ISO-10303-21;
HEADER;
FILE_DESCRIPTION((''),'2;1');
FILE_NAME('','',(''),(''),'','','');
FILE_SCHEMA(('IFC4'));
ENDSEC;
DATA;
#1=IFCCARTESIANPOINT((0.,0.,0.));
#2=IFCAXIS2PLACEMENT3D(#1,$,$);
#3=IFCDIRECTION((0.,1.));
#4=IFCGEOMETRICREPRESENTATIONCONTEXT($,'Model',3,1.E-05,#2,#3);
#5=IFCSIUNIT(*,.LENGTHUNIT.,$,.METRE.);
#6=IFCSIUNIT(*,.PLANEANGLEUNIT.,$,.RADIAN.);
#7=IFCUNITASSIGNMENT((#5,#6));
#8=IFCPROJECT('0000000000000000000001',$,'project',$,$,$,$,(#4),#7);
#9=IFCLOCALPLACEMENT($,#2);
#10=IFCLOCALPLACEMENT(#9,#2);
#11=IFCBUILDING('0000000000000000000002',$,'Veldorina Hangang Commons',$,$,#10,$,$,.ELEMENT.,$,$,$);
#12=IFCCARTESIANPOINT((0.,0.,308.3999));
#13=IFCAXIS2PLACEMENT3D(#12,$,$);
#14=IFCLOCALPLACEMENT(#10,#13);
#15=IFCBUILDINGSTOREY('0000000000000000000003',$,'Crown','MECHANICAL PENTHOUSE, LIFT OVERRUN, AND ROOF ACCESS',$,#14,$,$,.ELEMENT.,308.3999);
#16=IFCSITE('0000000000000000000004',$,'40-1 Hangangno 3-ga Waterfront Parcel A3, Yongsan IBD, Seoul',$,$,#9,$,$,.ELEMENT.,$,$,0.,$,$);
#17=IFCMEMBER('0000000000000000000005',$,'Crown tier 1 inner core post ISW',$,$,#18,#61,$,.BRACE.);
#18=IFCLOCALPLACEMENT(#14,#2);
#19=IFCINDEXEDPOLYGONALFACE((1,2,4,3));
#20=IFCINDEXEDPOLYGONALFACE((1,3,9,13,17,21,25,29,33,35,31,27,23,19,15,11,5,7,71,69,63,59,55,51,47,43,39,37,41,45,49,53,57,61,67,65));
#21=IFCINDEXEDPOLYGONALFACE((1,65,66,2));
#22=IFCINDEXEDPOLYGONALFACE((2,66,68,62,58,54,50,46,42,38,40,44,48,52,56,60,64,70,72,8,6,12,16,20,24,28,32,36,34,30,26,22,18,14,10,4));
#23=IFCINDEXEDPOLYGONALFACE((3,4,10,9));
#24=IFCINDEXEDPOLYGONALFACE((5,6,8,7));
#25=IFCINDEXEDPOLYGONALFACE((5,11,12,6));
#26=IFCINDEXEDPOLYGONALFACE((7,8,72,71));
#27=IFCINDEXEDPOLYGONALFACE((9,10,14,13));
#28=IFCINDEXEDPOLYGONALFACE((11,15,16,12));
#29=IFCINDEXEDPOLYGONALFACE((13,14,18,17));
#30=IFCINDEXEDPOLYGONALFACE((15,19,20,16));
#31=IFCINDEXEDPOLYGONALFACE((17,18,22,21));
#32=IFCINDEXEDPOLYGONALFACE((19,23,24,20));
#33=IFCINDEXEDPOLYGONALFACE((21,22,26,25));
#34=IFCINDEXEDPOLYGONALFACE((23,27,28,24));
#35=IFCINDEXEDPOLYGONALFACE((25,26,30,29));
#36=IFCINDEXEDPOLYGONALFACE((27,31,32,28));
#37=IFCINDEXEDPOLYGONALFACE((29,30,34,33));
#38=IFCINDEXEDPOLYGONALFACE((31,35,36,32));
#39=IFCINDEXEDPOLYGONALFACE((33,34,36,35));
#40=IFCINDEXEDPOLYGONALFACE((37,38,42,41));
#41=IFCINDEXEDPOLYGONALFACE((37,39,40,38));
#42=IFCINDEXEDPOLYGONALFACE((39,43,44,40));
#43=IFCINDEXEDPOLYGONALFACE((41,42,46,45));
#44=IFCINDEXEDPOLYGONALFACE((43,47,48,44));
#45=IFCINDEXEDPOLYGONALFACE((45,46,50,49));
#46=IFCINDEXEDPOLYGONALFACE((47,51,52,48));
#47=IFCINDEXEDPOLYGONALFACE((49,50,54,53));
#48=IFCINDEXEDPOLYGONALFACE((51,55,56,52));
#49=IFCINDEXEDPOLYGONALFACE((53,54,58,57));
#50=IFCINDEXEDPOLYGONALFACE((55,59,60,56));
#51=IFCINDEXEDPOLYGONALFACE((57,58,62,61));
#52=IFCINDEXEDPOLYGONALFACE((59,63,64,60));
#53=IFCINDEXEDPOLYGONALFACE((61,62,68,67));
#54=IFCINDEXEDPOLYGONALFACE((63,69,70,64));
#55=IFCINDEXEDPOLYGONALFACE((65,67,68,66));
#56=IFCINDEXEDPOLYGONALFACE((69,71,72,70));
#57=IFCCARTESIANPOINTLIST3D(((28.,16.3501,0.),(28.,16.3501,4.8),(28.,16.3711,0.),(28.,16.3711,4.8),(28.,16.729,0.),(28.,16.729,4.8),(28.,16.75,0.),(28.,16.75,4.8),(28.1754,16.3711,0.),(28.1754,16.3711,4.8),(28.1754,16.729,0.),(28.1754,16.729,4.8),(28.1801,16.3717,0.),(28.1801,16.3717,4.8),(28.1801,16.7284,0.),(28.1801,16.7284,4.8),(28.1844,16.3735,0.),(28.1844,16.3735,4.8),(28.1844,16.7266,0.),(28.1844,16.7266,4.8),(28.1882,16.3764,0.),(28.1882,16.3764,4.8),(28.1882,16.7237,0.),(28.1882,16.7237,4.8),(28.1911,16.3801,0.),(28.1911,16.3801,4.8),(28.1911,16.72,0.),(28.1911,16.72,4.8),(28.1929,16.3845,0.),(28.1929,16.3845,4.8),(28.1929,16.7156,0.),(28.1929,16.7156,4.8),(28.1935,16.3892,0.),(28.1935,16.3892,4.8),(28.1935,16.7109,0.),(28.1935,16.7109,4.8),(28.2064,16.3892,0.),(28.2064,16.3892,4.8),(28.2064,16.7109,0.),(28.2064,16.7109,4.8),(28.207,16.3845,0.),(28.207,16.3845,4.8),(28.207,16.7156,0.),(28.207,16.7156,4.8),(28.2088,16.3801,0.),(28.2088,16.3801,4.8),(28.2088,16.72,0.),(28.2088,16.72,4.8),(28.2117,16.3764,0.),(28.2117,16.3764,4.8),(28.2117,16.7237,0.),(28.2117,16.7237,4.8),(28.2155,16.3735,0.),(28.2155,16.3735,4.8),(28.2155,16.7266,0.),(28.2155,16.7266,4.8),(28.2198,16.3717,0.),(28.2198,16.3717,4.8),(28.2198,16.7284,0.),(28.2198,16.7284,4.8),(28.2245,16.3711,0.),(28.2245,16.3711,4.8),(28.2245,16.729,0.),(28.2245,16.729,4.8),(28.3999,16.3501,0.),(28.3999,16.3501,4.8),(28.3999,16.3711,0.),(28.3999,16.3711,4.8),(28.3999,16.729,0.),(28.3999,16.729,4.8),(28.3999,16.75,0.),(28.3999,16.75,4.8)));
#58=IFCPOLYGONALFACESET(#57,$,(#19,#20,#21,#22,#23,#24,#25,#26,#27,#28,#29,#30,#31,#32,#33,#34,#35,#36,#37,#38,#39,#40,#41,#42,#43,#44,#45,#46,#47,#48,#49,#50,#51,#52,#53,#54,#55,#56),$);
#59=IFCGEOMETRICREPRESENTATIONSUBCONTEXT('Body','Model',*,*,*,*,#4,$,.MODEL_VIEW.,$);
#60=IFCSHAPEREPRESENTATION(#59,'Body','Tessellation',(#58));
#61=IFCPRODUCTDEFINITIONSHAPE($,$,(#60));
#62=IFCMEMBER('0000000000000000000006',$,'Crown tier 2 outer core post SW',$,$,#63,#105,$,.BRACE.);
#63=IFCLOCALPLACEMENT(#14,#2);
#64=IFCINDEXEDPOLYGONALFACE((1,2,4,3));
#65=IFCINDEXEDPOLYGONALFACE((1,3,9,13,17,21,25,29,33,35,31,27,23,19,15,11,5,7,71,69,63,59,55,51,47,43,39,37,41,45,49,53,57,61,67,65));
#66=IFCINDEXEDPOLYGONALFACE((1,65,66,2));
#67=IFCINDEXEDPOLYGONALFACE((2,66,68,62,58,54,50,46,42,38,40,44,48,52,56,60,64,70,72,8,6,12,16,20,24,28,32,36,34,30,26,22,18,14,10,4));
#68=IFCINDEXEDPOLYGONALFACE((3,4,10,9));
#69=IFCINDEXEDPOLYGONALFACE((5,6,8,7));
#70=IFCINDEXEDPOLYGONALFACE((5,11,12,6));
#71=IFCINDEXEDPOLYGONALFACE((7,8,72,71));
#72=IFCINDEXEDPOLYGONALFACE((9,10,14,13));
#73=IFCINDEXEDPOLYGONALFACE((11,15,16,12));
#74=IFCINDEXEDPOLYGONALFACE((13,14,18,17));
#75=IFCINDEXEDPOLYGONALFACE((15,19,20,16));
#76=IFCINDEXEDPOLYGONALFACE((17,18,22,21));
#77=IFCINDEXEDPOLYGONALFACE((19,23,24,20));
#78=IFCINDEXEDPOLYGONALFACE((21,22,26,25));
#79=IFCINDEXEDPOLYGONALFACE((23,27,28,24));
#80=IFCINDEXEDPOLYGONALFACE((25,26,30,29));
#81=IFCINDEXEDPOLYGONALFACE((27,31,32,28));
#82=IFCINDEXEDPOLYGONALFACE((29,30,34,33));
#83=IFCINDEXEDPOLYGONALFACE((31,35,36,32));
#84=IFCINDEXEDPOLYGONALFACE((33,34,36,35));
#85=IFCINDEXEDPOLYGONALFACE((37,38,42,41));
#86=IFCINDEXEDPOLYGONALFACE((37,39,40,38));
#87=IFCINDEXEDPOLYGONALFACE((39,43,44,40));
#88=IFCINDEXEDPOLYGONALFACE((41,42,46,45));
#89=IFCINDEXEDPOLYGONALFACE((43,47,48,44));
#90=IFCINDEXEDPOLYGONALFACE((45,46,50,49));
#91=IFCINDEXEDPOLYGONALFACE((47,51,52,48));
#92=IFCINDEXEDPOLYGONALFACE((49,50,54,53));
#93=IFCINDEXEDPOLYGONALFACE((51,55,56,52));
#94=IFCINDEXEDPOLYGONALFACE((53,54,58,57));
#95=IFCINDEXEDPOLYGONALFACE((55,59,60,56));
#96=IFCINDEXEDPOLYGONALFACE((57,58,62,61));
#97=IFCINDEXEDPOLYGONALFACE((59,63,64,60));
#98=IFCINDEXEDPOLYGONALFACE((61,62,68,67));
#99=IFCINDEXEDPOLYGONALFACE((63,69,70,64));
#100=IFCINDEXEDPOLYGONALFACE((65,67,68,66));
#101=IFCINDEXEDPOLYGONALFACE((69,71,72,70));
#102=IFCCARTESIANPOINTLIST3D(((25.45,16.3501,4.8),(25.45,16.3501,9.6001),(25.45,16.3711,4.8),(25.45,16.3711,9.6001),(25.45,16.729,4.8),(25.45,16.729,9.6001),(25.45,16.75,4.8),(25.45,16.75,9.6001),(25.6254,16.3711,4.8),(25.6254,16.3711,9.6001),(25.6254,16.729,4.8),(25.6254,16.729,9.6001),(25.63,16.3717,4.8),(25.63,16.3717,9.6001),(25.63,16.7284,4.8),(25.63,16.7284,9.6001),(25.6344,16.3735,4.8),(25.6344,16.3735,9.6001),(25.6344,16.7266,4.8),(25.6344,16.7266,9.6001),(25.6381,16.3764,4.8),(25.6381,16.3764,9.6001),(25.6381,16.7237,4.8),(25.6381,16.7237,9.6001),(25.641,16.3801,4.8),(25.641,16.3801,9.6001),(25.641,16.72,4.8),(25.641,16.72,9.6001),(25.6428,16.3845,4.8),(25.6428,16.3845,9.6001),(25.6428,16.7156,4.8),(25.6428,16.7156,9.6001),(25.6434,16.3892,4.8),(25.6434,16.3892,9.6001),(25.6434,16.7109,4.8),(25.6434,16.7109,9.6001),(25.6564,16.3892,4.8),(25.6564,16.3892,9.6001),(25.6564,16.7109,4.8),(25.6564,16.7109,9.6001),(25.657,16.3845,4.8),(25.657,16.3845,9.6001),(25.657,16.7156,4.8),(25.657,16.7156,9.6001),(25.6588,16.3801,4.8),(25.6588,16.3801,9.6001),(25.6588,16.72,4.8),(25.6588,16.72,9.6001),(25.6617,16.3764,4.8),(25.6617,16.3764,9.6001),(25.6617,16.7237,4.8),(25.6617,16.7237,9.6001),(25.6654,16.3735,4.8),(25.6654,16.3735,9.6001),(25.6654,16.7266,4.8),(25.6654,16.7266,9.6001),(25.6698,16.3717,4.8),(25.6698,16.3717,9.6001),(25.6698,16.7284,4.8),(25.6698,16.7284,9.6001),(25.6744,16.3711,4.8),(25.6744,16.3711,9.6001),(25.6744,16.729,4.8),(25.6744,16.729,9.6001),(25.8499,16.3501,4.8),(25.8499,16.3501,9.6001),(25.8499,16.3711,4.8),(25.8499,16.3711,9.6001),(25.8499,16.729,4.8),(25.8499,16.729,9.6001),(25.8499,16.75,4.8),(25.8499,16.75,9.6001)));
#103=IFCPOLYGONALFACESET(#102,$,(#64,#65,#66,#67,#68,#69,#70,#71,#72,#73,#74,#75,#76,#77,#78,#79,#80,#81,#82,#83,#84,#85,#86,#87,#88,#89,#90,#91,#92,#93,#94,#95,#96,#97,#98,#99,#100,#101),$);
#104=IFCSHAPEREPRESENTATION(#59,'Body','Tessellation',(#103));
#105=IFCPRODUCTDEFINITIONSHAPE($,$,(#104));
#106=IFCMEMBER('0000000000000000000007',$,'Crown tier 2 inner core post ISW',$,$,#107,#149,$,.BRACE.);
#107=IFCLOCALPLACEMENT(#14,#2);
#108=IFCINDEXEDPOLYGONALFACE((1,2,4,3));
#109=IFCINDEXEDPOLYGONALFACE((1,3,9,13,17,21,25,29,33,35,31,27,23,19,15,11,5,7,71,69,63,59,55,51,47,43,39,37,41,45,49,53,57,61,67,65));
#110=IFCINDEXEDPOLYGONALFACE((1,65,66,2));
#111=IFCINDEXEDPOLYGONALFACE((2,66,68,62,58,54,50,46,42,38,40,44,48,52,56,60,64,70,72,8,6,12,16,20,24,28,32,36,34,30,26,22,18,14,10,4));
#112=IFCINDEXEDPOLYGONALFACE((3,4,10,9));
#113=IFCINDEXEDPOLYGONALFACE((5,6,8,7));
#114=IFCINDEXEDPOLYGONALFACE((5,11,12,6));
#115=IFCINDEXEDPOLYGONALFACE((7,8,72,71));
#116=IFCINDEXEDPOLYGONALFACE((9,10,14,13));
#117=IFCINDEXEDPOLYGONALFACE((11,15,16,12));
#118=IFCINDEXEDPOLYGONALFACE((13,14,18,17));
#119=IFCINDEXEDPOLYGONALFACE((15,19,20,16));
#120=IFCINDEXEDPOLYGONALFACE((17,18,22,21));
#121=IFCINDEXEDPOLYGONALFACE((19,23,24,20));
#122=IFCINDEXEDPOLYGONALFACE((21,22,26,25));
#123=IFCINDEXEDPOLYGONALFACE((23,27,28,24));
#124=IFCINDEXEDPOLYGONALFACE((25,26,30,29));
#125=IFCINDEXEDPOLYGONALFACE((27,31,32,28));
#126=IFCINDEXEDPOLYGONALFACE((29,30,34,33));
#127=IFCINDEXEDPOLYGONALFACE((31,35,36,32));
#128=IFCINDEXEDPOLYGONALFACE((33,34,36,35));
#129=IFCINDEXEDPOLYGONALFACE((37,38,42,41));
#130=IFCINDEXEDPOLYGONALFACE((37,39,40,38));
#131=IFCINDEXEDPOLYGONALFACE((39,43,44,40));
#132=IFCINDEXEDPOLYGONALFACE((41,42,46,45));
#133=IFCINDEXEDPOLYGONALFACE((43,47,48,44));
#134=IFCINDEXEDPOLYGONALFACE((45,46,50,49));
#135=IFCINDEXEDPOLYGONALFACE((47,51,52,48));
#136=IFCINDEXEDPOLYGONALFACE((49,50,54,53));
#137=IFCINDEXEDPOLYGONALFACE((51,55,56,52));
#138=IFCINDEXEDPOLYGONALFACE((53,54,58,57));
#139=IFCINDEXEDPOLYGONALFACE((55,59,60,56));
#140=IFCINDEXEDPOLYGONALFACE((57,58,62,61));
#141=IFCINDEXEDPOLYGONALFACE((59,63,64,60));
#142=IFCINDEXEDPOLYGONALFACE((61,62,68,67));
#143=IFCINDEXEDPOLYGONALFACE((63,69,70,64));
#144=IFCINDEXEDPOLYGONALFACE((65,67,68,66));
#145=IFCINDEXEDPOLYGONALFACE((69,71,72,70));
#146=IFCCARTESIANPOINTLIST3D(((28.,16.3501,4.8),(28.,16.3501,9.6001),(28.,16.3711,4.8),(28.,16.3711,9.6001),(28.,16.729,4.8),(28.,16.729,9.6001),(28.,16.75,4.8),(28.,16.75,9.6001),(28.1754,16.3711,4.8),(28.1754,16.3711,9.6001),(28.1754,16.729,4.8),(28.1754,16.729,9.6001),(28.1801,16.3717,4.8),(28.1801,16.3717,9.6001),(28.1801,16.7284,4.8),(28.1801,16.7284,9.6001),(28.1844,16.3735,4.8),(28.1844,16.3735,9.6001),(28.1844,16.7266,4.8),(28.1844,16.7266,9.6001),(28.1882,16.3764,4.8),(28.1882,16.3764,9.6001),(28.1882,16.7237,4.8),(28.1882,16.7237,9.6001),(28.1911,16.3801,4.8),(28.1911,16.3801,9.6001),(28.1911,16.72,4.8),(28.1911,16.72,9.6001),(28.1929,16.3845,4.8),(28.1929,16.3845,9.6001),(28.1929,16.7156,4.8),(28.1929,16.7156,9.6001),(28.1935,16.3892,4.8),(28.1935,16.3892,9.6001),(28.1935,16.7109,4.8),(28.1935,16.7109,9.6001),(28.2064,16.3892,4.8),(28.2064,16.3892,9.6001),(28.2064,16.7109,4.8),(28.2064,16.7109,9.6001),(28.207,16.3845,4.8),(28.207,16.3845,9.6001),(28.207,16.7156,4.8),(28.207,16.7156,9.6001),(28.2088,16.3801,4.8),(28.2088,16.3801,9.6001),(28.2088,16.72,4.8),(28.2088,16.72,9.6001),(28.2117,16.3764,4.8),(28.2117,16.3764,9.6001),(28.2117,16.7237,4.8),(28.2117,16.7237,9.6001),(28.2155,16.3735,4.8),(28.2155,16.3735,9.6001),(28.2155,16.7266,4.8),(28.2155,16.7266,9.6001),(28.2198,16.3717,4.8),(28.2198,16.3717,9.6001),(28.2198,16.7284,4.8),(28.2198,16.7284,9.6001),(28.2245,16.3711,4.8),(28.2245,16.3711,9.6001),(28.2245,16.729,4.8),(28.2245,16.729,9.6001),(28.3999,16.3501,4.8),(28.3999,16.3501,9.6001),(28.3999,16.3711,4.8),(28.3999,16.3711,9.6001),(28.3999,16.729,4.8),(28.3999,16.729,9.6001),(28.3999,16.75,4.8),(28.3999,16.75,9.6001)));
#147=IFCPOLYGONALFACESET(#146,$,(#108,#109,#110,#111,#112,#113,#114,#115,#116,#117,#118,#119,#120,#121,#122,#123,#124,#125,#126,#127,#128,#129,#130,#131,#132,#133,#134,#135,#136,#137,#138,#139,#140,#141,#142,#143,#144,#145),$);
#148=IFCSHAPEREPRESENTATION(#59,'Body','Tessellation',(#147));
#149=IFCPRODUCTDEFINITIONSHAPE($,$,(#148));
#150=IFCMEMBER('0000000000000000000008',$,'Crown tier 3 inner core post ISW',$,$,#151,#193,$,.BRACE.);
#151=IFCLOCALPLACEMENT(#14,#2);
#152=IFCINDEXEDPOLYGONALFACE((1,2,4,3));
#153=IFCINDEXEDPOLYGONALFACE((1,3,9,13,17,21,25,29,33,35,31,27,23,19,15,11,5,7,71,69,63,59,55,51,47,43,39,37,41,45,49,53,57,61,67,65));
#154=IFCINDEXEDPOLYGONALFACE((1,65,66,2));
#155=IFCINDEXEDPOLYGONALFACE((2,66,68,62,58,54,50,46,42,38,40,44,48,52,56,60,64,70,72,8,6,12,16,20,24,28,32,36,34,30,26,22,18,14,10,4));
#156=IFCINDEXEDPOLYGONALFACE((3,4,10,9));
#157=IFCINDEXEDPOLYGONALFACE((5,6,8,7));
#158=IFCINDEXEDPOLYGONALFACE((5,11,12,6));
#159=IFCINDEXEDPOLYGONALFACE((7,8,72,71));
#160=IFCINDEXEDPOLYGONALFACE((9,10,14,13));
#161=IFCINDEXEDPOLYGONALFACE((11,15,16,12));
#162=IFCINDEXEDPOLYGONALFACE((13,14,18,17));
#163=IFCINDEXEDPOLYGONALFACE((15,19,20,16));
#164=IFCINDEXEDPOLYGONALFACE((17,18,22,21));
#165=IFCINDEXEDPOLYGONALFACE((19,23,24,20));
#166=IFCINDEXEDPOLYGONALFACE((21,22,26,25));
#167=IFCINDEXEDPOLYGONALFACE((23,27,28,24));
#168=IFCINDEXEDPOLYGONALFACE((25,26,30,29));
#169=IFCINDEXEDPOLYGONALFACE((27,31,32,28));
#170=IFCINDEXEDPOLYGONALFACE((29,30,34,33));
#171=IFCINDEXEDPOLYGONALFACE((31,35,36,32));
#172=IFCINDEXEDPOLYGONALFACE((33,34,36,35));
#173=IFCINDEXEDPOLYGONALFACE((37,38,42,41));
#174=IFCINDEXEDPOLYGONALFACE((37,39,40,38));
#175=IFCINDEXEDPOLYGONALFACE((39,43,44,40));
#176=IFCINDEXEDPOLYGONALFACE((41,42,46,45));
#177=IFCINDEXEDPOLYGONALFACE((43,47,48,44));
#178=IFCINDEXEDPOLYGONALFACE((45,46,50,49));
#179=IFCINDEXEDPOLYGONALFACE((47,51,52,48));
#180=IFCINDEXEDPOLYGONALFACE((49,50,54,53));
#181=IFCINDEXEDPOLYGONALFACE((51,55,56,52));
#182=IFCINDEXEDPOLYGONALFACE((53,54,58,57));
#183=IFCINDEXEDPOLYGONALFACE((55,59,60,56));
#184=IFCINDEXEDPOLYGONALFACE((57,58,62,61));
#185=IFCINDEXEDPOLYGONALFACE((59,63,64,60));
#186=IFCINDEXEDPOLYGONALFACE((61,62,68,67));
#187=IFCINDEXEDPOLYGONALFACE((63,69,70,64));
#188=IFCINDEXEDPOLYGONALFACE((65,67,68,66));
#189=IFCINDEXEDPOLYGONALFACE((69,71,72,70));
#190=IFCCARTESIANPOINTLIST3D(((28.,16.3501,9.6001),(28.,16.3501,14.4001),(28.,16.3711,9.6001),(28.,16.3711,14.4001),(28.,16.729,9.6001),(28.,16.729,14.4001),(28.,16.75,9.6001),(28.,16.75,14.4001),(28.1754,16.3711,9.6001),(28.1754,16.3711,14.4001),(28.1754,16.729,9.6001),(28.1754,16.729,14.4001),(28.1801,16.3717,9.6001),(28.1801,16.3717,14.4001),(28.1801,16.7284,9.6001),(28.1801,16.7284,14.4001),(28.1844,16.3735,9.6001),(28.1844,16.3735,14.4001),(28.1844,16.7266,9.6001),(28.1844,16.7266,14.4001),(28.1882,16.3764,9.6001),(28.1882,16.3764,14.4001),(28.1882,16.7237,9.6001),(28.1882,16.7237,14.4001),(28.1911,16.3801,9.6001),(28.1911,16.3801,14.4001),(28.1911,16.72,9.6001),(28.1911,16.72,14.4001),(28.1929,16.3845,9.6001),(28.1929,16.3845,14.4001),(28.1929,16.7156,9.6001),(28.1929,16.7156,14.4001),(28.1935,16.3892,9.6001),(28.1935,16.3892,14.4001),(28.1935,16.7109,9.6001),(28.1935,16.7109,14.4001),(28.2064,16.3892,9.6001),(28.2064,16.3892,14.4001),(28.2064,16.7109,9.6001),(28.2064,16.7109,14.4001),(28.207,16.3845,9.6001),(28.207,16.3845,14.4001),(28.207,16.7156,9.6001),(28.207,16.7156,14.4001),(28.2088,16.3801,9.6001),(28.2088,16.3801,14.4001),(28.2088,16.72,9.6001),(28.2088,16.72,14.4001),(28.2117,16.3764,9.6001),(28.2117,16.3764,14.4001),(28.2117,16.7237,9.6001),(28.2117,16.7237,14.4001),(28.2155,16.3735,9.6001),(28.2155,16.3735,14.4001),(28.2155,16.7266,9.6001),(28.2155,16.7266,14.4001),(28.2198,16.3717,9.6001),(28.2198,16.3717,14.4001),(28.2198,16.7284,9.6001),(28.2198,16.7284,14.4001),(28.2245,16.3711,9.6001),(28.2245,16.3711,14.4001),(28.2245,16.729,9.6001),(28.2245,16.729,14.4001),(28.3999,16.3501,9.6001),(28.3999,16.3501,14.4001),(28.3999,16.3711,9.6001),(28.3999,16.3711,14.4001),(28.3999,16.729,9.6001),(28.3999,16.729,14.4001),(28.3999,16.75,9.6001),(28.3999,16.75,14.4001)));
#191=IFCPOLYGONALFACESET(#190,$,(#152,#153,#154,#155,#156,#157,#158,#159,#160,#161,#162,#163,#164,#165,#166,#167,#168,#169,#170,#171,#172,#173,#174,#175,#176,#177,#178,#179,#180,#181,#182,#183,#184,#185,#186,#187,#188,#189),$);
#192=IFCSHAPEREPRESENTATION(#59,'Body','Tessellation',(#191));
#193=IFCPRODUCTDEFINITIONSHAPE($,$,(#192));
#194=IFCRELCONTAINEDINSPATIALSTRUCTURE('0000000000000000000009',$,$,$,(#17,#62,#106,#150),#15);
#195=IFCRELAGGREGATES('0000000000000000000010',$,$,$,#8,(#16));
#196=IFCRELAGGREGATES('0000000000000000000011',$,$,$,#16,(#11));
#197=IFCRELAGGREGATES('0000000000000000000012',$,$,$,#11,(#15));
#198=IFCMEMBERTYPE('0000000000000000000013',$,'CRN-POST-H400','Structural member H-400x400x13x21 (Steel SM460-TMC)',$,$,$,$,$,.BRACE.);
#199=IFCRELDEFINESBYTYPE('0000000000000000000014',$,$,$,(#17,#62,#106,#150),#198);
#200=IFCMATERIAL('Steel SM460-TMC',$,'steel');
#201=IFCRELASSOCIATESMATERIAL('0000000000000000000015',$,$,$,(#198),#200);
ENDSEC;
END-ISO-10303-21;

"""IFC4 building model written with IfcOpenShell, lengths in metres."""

from ifc_helpers import new_model, si_unit, direction, frame, origin, origin_2d, place, context, subcontext, project, spatial, i_section, extrude, material, material_profile, profile_set, type_object, element, save


model = new_model("IFC4")

# Units and contexts
model_context = context("Model", 3, precision=1e-05, world=origin(), true_north=direction((0.0, 1.0)))
body_context = subcontext(model_context, "Body", "Model", "MODEL_VIEW")
ifc_project = project(units=[si_unit("LENGTHUNIT", "METRE"), si_unit("PLANEANGLEUNIT", "RADIAN")], contexts=[model_context])

# Site, building, storey
site_placement = place(None, origin())
site = spatial("IfcSite", under=ifc_project, at=site_placement, Name="40-1 Hangangno 3-ga Waterfront Parcel A3, Yongsan IBD, Seoul", CompositionType="ELEMENT", RefElevation=0.0)
building_placement = place(site_placement, origin())
building = spatial("IfcBuilding", under=site, at=building_placement, Name="Veldorina Hangang Commons", CompositionType="ELEMENT")
storey_placement = place(building_placement, frame((0.0, 0.0, 308.3999)))
storey = spatial("IfcBuildingStorey", under=building, at=storey_placement, Name="Crown", Description="MECHANICAL PENTHOUSE, LIFT OVERRUN, AND ROOF ACCESS", CompositionType="ELEMENT", Elevation=308.3999)

# Shared definitions
ifc_material_1 = material(Name="Steel SM460-TMC", Category="steel")

# Members
ifc_material_profile_1 = material_profile(ifc_material_1, i_section(OverallWidth=0.3999, OverallDepth=0.3999, WebThickness=0.0129, FlangeThickness=0.021, FilletRadius=0.0181, at=origin_2d()), Name="H-400x400x13x21")
ifc_profile_set_1 = profile_set([ifc_material_profile_1], Name="Steel SM460-TMC")
member_type_1 = type_object("IfcMemberType", Name="CRN-POST-H400", Description="Structural member H-400x400x13x21 (Steel SM460-TMC)", PredefinedType="BRACE", material=ifc_profile_set_1)
for number, where, z_axis, x_axis, name in (
    (1, (28.2, 16.55, 0.0), (0.0, 0.0, 1.0), (1.0, 0.0, 0.0), "Crown tier 1 inner core post ISW"),
    (2, (25.6499, 16.55, 4.8), (0.0, 0.0, 1.0), (1.0, 0.0, 0.0), "Crown tier 2 outer core post SW"),
    (3, (28.2, 16.55, 4.8), (0.0, 0.0, 1.0), (1.0, 0.0, 0.0), "Crown tier 2 inner core post ISW"),
    (4, (28.2, 16.55, 9.6001), (0.0, 0.0, 1.0), (1.0, 0.0, 0.0), "Crown tier 3 inner core post ISW"),
):
    element("IfcMember", number, at=place(storey_placement, frame(where, z_axis=z_axis, x_axis=x_axis)), inside=storey, type_object=member_type_1, Name=name, PredefinedType="BRACE", context=body_context, shape_type="SweptSolid", body=[
        extrude(i_section(OverallWidth=0.3999, OverallDepth=0.3999, WebThickness=0.0129, FlangeThickness=0.021, FilletRadius=0.0181, at=origin_2d()), origin(), (0.0, 0.0, 1.0), 4.8),
    ])

save(model, "model.ifc")
